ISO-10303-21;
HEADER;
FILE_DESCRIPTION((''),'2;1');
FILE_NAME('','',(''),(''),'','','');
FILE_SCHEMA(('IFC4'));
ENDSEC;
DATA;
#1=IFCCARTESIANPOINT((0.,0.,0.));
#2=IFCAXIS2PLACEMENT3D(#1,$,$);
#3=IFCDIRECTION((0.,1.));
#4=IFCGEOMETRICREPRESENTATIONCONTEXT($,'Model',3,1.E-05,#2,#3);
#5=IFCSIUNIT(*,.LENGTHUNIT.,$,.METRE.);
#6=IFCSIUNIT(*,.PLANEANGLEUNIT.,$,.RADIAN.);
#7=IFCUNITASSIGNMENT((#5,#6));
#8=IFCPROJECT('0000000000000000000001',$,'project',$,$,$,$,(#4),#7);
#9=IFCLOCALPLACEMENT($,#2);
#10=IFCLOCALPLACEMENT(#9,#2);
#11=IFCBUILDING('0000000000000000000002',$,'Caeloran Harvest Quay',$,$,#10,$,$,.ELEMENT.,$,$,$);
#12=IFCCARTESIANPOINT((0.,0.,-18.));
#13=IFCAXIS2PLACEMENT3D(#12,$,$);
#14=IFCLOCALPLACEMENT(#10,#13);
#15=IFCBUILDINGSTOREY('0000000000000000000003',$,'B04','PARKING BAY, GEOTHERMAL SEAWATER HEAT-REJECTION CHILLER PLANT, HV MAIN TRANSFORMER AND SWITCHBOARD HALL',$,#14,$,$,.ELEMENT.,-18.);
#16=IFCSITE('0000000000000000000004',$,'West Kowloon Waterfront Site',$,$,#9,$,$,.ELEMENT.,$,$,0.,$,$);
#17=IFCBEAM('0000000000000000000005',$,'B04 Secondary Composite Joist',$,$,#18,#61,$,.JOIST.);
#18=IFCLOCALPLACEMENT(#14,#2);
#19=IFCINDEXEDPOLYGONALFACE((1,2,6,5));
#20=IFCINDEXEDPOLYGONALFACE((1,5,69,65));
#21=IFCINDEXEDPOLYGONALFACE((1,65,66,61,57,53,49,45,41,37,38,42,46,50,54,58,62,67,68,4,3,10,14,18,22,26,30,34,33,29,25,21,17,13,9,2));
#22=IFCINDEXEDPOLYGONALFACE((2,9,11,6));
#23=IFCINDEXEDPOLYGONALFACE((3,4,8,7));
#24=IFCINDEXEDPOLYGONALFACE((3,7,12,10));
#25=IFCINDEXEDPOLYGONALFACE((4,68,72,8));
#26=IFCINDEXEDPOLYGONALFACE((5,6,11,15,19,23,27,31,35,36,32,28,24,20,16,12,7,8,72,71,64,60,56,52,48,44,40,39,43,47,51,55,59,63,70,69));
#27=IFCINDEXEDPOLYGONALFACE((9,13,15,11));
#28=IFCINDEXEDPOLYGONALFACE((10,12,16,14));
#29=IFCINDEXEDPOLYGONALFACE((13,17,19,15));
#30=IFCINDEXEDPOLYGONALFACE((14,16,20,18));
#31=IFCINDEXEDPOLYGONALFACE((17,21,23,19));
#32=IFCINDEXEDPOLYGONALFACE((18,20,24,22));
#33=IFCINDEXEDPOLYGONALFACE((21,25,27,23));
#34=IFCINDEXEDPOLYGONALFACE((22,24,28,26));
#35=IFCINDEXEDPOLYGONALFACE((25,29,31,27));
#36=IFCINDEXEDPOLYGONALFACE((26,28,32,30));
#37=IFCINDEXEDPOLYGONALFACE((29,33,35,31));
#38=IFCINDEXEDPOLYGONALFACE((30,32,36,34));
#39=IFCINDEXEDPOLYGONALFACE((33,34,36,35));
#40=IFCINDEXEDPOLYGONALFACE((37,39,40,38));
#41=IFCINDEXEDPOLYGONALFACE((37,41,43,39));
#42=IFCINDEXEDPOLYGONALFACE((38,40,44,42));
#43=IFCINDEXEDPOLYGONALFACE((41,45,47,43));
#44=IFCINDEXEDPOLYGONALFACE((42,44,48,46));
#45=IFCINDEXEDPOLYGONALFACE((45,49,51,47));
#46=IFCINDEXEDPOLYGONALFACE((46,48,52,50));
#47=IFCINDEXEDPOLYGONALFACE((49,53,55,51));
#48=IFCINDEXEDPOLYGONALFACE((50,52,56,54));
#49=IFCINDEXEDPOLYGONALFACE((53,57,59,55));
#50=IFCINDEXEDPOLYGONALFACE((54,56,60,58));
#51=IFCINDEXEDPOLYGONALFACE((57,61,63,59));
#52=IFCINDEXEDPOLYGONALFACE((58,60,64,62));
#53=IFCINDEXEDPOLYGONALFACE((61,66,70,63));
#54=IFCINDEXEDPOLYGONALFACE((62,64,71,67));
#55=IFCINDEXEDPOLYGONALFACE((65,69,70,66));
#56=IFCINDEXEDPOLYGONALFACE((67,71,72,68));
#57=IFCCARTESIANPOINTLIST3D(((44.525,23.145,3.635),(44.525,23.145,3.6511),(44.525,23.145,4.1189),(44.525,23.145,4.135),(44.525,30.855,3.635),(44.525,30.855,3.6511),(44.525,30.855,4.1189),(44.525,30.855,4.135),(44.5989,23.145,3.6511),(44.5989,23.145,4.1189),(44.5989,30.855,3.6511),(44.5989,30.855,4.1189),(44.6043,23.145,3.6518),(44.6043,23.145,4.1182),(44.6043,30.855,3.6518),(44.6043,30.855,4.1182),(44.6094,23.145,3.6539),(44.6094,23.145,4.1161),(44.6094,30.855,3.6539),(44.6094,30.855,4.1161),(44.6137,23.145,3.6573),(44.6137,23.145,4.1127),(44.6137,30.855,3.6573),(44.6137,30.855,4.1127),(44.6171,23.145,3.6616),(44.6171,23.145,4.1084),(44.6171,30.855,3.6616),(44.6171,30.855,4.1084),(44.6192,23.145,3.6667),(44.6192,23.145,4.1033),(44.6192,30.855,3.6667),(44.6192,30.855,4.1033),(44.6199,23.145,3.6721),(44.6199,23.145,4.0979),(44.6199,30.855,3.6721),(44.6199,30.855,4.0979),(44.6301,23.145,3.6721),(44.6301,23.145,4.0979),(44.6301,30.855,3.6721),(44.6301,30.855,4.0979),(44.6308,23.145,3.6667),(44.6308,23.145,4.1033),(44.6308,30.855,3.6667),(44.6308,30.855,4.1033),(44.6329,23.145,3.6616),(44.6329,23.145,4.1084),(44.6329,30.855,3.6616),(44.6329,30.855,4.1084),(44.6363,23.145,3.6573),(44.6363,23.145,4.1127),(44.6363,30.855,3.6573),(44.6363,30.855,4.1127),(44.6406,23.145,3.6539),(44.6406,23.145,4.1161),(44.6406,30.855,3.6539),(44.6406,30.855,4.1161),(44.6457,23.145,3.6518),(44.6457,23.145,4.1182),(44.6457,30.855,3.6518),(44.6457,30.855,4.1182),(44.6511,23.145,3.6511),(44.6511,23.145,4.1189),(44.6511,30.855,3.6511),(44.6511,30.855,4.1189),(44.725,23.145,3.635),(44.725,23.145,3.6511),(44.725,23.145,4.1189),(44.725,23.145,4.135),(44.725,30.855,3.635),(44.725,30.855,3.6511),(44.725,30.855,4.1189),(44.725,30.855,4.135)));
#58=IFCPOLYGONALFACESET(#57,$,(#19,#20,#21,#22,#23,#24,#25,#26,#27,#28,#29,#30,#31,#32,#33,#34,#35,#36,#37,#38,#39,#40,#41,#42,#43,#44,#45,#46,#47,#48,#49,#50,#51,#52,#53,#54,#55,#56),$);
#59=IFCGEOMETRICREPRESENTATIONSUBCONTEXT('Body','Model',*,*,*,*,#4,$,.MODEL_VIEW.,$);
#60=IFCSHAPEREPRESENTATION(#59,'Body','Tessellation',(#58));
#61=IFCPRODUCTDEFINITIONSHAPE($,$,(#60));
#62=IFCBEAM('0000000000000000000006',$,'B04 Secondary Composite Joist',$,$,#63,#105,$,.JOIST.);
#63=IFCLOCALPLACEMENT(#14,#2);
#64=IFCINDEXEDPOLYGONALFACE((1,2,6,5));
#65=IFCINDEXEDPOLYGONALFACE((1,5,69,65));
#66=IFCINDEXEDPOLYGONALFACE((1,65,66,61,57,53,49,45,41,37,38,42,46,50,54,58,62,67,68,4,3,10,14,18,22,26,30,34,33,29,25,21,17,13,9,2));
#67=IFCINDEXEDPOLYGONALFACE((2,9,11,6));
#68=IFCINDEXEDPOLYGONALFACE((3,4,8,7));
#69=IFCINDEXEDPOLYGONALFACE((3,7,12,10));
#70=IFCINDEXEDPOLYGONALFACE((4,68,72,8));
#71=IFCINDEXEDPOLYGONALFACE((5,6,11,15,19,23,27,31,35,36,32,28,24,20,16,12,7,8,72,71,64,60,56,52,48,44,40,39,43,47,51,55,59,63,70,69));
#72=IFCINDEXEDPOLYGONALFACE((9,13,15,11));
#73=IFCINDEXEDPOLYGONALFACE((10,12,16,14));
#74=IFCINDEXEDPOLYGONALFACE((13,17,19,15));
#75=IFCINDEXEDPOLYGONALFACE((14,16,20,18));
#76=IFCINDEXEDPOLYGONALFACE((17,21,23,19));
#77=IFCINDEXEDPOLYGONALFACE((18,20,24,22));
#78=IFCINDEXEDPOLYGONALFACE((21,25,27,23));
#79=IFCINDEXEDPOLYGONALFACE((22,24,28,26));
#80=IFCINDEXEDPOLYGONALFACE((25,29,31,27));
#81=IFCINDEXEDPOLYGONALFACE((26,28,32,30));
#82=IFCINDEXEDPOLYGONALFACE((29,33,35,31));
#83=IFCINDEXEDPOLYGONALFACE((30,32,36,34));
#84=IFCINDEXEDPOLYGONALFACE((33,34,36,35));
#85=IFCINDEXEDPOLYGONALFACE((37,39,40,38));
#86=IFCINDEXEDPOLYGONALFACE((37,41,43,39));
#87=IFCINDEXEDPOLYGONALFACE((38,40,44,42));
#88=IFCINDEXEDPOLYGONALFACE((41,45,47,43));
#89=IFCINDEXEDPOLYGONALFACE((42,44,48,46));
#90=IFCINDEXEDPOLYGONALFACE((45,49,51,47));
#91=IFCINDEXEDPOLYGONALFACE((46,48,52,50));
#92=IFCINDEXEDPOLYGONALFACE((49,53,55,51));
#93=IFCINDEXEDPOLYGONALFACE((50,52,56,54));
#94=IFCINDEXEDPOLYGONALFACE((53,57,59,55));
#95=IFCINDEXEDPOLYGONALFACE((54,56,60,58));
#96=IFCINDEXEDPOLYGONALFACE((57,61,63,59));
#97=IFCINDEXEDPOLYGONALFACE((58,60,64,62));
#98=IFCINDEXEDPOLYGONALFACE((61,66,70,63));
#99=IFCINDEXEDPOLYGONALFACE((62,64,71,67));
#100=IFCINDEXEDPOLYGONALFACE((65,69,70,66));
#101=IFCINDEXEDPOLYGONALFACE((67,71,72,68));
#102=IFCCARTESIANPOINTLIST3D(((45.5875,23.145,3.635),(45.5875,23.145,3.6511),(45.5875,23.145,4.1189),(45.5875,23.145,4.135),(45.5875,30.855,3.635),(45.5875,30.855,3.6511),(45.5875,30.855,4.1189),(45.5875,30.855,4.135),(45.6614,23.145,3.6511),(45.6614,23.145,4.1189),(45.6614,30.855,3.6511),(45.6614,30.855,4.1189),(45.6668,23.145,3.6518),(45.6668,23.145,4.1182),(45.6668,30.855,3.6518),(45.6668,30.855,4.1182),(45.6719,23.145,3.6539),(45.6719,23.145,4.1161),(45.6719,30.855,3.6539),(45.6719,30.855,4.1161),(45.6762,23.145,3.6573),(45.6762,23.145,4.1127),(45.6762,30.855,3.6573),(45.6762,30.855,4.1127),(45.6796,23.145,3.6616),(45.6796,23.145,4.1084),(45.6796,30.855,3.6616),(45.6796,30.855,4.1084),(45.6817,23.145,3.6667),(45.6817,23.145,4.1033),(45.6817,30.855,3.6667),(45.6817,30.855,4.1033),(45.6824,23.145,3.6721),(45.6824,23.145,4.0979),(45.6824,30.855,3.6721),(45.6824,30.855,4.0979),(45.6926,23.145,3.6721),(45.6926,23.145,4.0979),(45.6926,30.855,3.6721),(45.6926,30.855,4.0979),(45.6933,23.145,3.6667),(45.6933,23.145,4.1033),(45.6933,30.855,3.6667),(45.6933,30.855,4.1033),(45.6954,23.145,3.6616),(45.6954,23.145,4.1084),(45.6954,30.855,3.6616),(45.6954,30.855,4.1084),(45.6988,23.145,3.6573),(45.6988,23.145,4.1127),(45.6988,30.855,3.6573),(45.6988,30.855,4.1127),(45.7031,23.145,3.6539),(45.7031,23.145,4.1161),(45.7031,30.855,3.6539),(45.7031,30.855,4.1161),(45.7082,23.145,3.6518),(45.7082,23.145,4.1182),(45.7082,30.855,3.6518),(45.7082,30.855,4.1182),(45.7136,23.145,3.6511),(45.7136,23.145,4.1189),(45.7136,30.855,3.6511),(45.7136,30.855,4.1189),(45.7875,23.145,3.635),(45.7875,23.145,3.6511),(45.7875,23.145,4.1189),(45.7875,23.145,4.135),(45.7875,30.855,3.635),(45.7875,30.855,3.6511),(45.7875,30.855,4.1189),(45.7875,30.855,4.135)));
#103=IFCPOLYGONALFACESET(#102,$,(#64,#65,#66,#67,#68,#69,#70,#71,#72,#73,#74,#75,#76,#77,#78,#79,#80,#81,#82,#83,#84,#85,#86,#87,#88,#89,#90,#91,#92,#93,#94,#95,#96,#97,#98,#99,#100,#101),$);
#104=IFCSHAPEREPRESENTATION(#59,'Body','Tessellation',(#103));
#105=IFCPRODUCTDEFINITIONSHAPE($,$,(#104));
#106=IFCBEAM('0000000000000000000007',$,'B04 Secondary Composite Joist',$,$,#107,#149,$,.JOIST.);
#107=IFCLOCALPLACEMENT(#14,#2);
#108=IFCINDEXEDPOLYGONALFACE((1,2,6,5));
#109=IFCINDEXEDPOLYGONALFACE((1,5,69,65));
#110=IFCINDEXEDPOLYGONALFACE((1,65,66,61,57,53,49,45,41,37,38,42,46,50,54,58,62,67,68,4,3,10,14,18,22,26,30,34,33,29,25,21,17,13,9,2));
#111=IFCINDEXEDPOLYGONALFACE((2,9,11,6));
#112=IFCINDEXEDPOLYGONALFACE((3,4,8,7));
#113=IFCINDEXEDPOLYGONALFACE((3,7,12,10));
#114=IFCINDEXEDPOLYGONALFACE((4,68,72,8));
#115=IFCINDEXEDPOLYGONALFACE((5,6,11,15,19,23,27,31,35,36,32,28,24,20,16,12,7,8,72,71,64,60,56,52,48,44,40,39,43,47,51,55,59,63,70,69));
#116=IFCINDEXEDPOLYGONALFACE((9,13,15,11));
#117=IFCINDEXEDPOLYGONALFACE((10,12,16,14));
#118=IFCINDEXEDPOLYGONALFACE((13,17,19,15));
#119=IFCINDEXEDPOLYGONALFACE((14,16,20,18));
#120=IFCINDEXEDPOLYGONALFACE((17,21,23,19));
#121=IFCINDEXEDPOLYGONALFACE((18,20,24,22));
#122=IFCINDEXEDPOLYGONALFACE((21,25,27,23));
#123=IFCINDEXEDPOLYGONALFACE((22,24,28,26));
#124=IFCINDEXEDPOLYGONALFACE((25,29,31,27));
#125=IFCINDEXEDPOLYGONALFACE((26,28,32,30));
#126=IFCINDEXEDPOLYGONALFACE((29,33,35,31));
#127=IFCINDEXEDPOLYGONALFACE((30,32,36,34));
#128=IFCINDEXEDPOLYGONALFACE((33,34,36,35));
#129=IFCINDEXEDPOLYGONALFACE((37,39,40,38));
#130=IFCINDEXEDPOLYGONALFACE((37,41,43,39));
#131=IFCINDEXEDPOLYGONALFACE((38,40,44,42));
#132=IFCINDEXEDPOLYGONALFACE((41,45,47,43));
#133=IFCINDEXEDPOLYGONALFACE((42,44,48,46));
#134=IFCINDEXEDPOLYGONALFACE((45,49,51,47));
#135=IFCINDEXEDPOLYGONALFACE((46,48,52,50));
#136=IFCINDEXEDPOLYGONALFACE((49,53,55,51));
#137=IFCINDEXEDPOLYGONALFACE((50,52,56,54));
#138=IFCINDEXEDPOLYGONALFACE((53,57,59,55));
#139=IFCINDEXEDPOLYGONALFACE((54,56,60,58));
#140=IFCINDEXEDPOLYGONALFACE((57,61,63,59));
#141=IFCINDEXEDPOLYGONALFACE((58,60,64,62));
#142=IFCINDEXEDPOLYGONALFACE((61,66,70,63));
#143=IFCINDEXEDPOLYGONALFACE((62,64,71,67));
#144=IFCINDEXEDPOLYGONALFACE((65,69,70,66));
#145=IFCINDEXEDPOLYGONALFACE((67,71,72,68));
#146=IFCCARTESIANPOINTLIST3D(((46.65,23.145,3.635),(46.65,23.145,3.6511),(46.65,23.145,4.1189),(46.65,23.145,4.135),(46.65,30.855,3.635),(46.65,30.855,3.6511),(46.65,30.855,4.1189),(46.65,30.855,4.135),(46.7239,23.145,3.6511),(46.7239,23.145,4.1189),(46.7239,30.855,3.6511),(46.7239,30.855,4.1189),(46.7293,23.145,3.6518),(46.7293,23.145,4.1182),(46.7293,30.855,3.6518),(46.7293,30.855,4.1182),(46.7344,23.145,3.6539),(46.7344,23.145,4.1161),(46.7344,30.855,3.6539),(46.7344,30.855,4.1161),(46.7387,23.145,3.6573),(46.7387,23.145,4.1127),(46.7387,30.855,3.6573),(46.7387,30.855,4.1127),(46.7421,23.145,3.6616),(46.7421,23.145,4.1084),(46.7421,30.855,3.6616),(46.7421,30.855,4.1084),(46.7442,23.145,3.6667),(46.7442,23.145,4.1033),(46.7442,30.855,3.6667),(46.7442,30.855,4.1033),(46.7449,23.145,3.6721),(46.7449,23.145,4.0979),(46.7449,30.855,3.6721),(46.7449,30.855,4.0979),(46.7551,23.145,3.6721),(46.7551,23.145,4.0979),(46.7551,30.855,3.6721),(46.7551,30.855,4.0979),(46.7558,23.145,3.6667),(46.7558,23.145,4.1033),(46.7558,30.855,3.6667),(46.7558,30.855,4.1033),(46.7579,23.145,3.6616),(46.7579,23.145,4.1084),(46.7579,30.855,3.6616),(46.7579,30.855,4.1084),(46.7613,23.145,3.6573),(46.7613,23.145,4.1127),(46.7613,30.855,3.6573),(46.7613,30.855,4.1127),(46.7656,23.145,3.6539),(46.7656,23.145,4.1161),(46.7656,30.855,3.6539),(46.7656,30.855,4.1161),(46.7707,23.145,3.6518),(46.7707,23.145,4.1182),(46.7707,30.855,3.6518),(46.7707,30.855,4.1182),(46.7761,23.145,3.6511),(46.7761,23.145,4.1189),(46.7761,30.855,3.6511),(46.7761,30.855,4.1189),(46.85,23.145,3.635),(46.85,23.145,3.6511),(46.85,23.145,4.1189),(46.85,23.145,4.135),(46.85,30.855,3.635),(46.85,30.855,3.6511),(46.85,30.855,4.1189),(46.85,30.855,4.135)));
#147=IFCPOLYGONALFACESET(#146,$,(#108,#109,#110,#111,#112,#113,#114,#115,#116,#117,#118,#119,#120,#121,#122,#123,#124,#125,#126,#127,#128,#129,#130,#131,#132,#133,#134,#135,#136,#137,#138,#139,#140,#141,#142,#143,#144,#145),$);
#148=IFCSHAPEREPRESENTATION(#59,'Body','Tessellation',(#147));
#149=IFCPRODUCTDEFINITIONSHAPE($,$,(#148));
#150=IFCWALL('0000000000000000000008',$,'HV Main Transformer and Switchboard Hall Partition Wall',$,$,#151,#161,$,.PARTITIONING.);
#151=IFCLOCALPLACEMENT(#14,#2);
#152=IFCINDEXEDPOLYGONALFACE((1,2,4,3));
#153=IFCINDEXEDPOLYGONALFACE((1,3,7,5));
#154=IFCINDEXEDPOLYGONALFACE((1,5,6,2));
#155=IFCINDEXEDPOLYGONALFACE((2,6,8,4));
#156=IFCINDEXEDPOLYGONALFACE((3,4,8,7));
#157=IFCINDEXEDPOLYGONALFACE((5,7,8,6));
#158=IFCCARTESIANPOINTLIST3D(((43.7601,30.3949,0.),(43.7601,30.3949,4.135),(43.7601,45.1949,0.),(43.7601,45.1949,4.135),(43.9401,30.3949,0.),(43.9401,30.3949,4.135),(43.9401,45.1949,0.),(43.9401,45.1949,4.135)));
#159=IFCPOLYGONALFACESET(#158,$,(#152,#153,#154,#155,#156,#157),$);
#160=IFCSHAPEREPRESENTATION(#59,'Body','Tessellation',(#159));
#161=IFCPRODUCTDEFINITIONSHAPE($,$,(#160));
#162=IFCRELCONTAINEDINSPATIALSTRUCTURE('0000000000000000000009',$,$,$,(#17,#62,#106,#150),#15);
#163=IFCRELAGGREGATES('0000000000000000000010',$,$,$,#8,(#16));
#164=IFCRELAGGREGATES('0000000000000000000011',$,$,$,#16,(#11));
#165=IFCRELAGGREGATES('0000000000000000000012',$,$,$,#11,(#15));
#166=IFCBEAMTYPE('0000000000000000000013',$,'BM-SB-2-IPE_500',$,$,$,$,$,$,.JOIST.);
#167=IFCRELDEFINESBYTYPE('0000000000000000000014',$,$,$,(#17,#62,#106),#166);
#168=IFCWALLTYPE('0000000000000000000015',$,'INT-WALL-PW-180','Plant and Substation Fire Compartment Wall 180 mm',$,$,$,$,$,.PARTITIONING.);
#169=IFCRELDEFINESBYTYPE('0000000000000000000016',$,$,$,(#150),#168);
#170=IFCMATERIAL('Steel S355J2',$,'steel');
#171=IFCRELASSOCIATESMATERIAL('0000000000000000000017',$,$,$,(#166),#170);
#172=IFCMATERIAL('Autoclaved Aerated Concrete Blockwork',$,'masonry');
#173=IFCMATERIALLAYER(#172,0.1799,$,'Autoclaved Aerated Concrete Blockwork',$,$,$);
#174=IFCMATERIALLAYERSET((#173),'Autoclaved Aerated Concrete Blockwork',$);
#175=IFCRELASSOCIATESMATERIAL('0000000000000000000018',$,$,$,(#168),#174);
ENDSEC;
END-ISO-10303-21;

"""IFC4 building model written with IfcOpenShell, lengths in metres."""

from ifc_helpers import new_model, si_unit, direction, frame, frame_2d, origin, origin_2d, place, context, subcontext, project, spatial, rectangle, i_section, extrude, material, layer, layer_set, material_profile, profile_set, type_object, element, save


model = new_model("IFC4")

# Units and contexts
model_context = context("Model", 3, precision=1e-05, world=origin(), true_north=direction((0.0, 1.0)))
body_context = subcontext(model_context, "Body", "Model", "MODEL_VIEW")
ifc_project = project(units=[si_unit("LENGTHUNIT", "METRE"), si_unit("PLANEANGLEUNIT", "RADIAN")], contexts=[model_context])

# Site, building, storey
site_placement = place(None, origin())
site = spatial("IfcSite", under=ifc_project, at=site_placement, Name="West Kowloon Waterfront Site", CompositionType="ELEMENT", RefElevation=0.0)
building_placement = place(site_placement, origin())
building = spatial("IfcBuilding", under=site, at=building_placement, Name="Caeloran Harvest Quay", CompositionType="ELEMENT")
storey_placement = place(building_placement, frame((0.0, 0.0, -18.0)))
storey = spatial("IfcBuildingStorey", under=building, at=storey_placement, Name="B04", Description="PARKING BAY, GEOTHERMAL SEAWATER HEAT-REJECTION CHILLER PLANT, HV MAIN TRANSFORMER AND SWITCHBOARD HALL", CompositionType="ELEMENT", Elevation=-18.0)

# Beams
ifc_material_1 = material(Name="Steel S355J2", Category="steel")
ifc_material_profile_1 = material_profile(ifc_material_1, i_section(OverallWidth=0.2, OverallDepth=0.5, WebThickness=0.0103, FlangeThickness=0.0161, FilletRadius=0.021, at=origin_2d()), Name="IPE 500")
ifc_profile_set_1 = profile_set([ifc_material_profile_1], Name="Steel S355J2")
beam_type_1 = type_object("IfcBeamType", Name="BM-SB-2-IPE_500", PredefinedType="JOIST", material=ifc_profile_set_1)
for number, where, z_axis, x_axis, name in (
    (1, (44.625, 23.145, 3.885), (0.0, 1.0, 0.0), (-1.0, 0.0, 0.0), "B04 Secondary Composite Joist"),
    (2, (45.6875, 23.145, 3.885), (0.0, 1.0, 0.0), (-1.0, 0.0, 0.0), "B04 Secondary Composite Joist"),
    (3, (46.75, 23.145, 3.885), (0.0, 1.0, 0.0), (-1.0, 0.0, 0.0), "B04 Secondary Composite Joist"),
):
    element("IfcBeam", number, at=place(storey_placement, frame(where, z_axis=z_axis, x_axis=x_axis)), inside=storey, type_object=beam_type_1, Name=name, PredefinedType="JOIST", context=body_context, shape_type="SweptSolid", body=[
        extrude(i_section(OverallWidth=0.2, OverallDepth=0.5, WebThickness=0.0103, FlangeThickness=0.0161, FilletRadius=0.021, at=origin_2d()), origin(), (0.0, 0.0, 1.0), 7.71),
    ])

# Wall
ifc_material_2 = material(Name="Autoclaved Aerated Concrete Blockwork", Category="masonry")
ifc_layer = layer(ifc_material_2, 0.1799, Name="Autoclaved Aerated Concrete Blockwork")
ifc_layer_set = layer_set([ifc_layer], Name="Autoclaved Aerated Concrete Blockwork")
wall_type = type_object("IfcWallType", Name="INT-WALL-PW-180", Description="Plant and Substation Fire Compartment Wall 180 mm", PredefinedType="PARTITIONING", material=ifc_layer_set)
wall_placement = place(storey_placement, frame((43.8501, 30.395, 0.0), z_axis=(0.0, 0.0, 1.0), x_axis=(0.0, 1.0, 0.0)))
element("IfcWall", 4, at=wall_placement, inside=storey, type_object=wall_type, Name="HV Main Transformer and Switchboard Hall Partition Wall", PredefinedType="PARTITIONING", context=body_context, shape_type="SweptSolid", body=[
    extrude(rectangle(XDim=14.8, YDim=0.1799, at=frame_2d((7.3999, 0.0))), origin(), (0.0, 0.0, 1.0), 4.135),
])

save(model, "model.ifc")
